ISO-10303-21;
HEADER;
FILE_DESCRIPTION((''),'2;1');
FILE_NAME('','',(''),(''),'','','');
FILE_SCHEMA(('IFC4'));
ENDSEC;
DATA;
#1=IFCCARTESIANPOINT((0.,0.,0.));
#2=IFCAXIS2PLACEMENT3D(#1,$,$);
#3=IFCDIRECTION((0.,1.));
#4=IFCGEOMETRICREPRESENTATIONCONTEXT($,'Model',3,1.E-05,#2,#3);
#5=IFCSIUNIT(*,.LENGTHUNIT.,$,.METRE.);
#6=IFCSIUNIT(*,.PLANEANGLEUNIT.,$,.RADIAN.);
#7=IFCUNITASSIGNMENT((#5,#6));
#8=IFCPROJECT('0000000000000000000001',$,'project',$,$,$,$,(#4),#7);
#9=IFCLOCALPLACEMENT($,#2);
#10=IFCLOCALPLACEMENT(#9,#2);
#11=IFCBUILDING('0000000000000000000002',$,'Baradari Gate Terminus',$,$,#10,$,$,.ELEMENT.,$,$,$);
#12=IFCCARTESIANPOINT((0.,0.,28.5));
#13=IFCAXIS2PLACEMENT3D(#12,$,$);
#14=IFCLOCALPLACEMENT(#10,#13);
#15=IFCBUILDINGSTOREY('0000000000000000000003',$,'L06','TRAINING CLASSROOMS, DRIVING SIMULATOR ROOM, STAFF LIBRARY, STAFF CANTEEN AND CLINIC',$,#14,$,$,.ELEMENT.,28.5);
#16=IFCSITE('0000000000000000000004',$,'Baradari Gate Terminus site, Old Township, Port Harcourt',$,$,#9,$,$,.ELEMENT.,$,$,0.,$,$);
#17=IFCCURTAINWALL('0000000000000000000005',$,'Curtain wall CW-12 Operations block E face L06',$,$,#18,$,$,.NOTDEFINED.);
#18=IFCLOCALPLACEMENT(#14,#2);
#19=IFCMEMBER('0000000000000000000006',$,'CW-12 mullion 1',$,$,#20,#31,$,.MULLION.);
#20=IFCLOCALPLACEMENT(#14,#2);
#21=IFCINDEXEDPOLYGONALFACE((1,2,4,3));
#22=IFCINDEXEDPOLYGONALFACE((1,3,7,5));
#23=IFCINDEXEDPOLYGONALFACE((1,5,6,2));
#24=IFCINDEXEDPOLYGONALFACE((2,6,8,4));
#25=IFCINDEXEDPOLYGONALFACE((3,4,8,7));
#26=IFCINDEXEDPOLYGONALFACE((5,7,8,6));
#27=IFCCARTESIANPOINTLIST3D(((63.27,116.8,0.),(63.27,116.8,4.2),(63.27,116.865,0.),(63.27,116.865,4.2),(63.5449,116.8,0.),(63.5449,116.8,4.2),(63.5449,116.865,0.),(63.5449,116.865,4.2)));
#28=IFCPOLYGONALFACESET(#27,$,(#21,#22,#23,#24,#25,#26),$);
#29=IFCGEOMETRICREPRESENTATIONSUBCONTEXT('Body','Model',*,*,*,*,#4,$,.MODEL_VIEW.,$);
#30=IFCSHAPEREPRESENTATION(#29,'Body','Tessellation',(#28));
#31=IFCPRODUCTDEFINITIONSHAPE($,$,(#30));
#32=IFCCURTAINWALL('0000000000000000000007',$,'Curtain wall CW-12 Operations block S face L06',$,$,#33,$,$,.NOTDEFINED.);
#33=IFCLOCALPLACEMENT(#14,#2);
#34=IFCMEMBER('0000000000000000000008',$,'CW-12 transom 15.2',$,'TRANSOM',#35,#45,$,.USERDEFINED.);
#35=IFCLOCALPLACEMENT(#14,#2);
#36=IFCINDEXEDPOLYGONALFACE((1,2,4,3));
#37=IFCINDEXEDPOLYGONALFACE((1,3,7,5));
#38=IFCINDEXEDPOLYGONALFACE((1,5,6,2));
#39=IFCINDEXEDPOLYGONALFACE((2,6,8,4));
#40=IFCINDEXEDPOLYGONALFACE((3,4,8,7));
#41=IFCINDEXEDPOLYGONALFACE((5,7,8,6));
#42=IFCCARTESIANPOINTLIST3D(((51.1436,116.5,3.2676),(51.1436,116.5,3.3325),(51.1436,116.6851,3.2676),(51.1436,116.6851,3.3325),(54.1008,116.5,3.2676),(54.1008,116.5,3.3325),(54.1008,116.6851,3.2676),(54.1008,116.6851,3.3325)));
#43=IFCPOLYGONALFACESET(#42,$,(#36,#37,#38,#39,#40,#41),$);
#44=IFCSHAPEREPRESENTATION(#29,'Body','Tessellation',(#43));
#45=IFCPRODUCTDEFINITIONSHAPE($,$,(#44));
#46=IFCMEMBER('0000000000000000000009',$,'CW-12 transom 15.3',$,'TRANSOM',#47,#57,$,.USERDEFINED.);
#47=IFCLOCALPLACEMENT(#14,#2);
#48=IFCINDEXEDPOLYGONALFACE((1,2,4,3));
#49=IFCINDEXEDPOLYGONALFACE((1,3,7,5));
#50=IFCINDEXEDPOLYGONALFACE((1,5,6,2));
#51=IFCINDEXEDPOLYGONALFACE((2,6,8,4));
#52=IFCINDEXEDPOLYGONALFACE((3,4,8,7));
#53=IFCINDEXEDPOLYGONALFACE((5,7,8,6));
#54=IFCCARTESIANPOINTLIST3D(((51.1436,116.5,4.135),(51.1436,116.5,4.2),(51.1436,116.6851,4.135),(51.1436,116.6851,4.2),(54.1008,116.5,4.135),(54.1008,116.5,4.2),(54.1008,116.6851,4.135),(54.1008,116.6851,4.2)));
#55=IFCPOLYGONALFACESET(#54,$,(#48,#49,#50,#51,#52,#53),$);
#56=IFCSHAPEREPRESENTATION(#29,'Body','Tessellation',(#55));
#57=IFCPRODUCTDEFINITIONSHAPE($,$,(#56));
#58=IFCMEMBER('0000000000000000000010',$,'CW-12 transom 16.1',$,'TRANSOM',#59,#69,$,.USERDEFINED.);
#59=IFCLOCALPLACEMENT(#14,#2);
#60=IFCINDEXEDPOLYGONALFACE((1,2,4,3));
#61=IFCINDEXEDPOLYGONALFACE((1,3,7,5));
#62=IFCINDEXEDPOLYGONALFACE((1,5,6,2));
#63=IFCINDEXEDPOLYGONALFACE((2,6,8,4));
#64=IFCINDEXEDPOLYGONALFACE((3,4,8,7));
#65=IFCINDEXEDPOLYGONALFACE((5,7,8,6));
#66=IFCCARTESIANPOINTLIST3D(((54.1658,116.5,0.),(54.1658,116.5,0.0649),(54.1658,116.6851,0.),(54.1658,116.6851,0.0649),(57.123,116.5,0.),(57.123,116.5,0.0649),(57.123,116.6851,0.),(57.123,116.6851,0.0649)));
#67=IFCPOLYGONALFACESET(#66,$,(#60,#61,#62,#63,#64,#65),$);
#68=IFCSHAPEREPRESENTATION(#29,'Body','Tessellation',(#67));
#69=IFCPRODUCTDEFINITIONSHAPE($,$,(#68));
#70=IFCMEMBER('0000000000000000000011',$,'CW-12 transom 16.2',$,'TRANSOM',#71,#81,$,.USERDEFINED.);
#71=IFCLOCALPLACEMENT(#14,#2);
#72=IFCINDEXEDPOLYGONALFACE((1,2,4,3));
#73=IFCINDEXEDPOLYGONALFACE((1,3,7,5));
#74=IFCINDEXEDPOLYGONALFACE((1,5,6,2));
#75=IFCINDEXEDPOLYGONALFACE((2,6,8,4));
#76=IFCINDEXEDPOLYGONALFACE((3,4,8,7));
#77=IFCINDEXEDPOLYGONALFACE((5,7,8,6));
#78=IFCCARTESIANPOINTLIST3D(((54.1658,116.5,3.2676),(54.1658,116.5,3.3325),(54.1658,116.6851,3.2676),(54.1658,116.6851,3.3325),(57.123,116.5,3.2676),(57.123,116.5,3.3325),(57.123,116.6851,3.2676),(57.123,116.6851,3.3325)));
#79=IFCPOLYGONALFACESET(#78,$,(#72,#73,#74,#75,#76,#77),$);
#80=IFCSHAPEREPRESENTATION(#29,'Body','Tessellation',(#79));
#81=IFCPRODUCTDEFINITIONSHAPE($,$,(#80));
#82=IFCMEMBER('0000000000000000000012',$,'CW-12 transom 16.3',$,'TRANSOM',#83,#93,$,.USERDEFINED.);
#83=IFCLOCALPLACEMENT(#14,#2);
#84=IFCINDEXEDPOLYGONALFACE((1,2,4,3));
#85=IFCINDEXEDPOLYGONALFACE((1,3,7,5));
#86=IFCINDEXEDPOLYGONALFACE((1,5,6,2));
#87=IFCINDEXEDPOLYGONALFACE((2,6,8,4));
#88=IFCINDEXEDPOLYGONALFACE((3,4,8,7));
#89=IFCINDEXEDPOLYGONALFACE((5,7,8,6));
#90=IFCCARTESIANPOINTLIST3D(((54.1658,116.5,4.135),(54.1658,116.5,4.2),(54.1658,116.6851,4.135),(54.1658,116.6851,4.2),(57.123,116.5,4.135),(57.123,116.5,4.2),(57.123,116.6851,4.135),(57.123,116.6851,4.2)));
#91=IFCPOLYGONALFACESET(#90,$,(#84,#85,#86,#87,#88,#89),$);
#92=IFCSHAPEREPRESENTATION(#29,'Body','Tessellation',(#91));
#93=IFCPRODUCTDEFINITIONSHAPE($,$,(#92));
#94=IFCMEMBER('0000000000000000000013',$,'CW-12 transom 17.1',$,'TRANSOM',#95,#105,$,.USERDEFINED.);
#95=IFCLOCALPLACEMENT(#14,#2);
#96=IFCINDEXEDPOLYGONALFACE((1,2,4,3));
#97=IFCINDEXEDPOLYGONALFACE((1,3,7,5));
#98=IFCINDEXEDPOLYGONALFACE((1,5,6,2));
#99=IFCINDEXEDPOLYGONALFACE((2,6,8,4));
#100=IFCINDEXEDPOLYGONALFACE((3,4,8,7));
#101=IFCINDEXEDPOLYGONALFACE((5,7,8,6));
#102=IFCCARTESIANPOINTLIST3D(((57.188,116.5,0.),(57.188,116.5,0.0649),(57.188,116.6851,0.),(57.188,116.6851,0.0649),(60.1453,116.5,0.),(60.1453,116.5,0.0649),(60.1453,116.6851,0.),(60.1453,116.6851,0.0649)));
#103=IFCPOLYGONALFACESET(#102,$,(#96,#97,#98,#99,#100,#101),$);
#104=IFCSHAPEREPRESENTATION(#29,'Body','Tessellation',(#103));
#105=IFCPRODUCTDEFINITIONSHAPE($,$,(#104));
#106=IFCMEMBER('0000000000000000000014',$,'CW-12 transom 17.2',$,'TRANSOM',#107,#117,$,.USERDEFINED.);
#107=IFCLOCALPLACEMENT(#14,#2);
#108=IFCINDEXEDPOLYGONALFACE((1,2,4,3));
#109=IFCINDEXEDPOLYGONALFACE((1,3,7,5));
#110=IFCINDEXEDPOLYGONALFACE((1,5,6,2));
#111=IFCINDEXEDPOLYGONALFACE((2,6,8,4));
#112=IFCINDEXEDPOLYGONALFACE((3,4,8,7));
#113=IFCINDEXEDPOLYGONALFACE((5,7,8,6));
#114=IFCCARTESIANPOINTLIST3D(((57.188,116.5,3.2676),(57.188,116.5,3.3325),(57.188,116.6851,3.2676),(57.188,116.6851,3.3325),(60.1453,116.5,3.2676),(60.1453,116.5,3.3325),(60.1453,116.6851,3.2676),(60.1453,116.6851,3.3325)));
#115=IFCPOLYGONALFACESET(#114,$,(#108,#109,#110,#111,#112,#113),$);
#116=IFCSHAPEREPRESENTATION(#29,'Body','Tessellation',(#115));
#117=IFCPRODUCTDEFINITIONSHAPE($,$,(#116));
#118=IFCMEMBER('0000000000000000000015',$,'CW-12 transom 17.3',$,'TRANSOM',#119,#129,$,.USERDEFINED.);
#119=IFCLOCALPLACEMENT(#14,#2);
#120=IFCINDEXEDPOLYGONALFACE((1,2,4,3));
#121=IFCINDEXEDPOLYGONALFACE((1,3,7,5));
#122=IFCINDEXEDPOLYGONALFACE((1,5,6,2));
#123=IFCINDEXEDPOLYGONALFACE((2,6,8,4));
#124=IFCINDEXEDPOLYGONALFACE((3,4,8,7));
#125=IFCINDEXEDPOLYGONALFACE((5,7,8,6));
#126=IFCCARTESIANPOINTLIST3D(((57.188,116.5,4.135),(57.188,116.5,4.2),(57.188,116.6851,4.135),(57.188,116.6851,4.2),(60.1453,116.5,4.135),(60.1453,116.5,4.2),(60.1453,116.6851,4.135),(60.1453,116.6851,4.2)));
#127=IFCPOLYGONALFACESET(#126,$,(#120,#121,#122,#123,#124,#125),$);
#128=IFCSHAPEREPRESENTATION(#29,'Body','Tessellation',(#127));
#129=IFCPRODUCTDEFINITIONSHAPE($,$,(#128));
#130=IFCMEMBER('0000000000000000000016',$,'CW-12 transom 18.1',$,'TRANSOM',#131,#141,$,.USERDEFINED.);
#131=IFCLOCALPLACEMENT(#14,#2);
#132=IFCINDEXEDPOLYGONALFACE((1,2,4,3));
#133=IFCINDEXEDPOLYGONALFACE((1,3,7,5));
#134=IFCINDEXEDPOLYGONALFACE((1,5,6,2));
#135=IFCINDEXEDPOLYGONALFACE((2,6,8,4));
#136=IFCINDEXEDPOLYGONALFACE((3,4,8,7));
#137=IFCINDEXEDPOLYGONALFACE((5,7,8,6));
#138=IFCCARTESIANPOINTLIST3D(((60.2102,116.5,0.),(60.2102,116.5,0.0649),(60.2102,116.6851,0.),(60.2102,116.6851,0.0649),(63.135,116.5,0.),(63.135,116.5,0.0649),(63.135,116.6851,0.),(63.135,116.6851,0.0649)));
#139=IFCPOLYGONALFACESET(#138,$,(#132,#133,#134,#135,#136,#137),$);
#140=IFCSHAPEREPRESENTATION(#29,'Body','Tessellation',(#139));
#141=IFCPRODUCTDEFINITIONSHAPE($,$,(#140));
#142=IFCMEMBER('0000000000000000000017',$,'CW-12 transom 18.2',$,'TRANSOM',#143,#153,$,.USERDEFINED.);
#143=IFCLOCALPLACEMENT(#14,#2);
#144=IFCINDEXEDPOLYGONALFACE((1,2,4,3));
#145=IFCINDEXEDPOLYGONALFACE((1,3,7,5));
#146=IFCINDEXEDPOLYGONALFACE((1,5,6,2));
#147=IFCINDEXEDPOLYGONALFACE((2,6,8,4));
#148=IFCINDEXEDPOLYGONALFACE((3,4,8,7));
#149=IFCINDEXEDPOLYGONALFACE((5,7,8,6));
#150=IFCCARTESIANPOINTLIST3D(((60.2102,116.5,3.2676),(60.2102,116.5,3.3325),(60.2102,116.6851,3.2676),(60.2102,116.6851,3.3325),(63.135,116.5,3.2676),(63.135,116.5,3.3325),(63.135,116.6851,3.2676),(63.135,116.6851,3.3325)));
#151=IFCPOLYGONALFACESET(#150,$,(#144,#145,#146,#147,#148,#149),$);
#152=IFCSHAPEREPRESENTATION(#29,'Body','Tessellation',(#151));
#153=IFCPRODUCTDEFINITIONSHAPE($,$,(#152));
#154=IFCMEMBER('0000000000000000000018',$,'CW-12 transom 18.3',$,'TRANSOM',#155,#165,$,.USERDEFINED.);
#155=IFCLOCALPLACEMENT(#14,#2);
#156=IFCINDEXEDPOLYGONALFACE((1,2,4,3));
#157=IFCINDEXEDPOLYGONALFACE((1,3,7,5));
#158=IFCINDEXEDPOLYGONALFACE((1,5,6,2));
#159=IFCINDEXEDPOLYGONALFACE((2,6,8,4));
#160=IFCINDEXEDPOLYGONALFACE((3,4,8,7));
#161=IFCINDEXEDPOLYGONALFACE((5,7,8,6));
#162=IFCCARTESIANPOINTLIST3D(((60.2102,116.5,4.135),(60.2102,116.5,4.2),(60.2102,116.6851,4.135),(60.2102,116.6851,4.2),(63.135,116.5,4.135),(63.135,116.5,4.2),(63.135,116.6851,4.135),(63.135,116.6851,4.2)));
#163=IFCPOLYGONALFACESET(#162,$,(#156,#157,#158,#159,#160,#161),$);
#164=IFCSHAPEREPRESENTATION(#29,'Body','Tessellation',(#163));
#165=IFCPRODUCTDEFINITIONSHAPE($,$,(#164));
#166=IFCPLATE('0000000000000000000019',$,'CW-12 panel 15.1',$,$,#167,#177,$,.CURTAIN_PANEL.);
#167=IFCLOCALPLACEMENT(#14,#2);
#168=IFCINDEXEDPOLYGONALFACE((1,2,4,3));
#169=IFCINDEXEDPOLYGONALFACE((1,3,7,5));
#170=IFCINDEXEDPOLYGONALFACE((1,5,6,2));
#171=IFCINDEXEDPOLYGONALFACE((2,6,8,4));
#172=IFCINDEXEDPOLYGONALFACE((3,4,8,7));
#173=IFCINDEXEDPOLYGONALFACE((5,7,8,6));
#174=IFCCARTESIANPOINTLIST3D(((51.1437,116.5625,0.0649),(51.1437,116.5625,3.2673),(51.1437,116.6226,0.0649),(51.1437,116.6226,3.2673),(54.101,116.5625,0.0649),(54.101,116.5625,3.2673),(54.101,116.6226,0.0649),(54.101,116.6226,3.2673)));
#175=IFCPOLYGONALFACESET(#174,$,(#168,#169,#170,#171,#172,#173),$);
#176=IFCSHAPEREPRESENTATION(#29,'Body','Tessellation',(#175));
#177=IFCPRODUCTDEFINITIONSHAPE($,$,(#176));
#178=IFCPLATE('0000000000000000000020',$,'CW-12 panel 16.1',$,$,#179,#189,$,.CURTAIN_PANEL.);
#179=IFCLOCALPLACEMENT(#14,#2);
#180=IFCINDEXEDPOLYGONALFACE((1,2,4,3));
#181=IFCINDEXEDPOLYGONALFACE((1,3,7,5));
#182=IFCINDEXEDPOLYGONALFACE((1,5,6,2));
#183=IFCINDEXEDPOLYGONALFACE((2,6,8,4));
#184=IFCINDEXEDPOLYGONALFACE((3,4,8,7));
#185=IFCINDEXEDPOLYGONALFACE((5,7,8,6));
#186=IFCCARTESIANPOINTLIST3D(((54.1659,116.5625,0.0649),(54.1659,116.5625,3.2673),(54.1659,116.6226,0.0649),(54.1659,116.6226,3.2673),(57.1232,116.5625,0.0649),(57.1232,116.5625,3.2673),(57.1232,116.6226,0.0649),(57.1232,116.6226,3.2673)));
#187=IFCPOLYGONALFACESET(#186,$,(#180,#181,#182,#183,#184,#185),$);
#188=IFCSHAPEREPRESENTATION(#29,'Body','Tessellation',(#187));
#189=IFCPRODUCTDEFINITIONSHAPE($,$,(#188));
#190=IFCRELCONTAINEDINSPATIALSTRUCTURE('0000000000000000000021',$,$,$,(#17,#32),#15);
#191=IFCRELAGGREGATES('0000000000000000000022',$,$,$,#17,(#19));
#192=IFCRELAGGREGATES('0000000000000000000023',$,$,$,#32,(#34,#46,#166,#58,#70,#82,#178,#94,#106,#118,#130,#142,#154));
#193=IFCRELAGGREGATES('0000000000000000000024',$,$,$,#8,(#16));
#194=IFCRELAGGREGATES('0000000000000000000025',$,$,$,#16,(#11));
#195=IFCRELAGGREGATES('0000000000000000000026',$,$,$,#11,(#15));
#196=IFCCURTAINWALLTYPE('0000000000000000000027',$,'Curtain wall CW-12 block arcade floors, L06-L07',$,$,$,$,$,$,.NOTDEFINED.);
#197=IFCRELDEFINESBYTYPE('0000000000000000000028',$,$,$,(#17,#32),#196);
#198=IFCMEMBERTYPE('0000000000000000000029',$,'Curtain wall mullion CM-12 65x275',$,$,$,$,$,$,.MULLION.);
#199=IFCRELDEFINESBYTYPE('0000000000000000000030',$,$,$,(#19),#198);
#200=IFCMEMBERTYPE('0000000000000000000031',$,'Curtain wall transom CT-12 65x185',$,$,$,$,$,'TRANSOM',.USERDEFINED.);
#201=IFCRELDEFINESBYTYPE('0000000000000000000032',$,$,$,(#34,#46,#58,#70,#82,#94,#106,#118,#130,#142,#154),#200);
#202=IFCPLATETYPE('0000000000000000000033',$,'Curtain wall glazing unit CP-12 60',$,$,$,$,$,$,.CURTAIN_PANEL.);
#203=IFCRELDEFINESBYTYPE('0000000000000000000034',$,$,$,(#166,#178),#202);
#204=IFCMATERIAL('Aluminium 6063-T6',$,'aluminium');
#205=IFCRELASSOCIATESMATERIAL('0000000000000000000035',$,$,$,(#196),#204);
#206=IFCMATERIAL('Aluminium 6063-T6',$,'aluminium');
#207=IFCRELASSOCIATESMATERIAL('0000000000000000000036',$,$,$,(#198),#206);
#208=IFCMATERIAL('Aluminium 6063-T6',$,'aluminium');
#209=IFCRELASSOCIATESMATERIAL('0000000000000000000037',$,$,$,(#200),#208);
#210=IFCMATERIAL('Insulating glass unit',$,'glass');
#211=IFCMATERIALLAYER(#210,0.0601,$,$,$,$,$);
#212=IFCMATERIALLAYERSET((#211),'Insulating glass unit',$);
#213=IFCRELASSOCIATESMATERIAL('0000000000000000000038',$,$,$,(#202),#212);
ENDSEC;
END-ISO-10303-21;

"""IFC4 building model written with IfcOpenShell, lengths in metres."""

from ifc_helpers import new_model, si_unit, direction, frame, origin, origin_2d, place, context, subcontext, project, spatial, rectangle, extrude, material, layer, layer_set, material_profile, profile_set, type_object, element, aggregate, save


model = new_model("IFC4")

# Units and contexts
model_context = context("Model", 3, precision=1e-05, world=origin(), true_north=direction((0.0, 1.0)))
body_context = subcontext(model_context, "Body", "Model", "MODEL_VIEW")
ifc_project = project(units=[si_unit("LENGTHUNIT", "METRE"), si_unit("PLANEANGLEUNIT", "RADIAN")], contexts=[model_context])

# Site, building, storey
site_placement = place(None, origin())
site = spatial("IfcSite", under=ifc_project, at=site_placement, Name="Baradari Gate Terminus site, Old Township, Port Harcourt", CompositionType="ELEMENT", RefElevation=0.0)
building_placement = place(site_placement, origin())
building = spatial("IfcBuilding", under=site, at=building_placement, Name="Baradari Gate Terminus", CompositionType="ELEMENT")
storey_placement = place(building_placement, frame((0.0, 0.0, 28.5)))
storey = spatial("IfcBuildingStorey", under=building, at=storey_placement, Name="L06", Description="TRAINING CLASSROOMS, DRIVING SIMULATOR ROOM, STAFF LIBRARY, STAFF CANTEEN AND CLINIC", CompositionType="ELEMENT", Elevation=28.5)

# Curtain wall, member
ifc_material_1 = material(Name="Aluminium 6063-T6", Category="aluminium")
curtain_wall_type = type_object("IfcCurtainWallType", Name="Curtain wall CW-12 block arcade floors, L06-L07", PredefinedType="NOTDEFINED", material=ifc_material_1)
curtain_wall_1_placement = place(storey_placement, origin())
curtain_wall_1 = element("IfcCurtainWall", 1, at=curtain_wall_1_placement, inside=storey, type_object=curtain_wall_type, Name="Curtain wall CW-12 Operations block E face L06", PredefinedType="NOTDEFINED")
ifc_material_2 = material(Name="Aluminium 6063-T6", Category="aluminium")
ifc_material_profile_1 = material_profile(ifc_material_2, rectangle(XDim=0.2749, YDim=0.0649, at=origin_2d()), Name="CM-12 65X275")
ifc_profile_set_1 = profile_set([ifc_material_profile_1], Name="Aluminium 6063-T6")
member_type_1 = type_object("IfcMemberType", Name="Curtain wall mullion CM-12 65x275", PredefinedType="MULLION", material=ifc_profile_set_1)
member_1_placement = place(storey_placement, frame((63.4075, 116.8325, 0.0), z_axis=(0.0, 0.0, 1.0), x_axis=(-1.0, 0.0, 0.0)))
member_1 = element("IfcMember", 2, at=member_1_placement, type_object=member_type_1, Name="CW-12 mullion 1", PredefinedType="MULLION", context=body_context, shape_type="SweptSolid", body=[
    extrude(rectangle(XDim=0.2749, YDim=0.0649, at=origin_2d()), origin(), (0.0, 0.0, 1.0), 4.2),
])
aggregate(curtain_wall_1, [member_1])

# Curtain wall, members, plates
curtain_wall_2_placement = place(storey_placement, origin())
curtain_wall_2 = element("IfcCurtainWall", 3, at=curtain_wall_2_placement, inside=storey, type_object=curtain_wall_type, Name="Curtain wall CW-12 Operations block S face L06", PredefinedType="NOTDEFINED")
ifc_material_3 = material(Name="Aluminium 6063-T6", Category="aluminium")
ifc_material_profile_2 = material_profile(ifc_material_3, rectangle(XDim=0.1851, YDim=0.0649, at=origin_2d()), Name="CT-12 65X185")
ifc_profile_set_2 = profile_set([ifc_material_profile_2], Name="Aluminium 6063-T6")
member_type_2 = type_object("IfcMemberType", Name="Curtain wall transom CT-12 65x185", ElementType="TRANSOM", PredefinedType="USERDEFINED", material=ifc_profile_set_2)
member_2_placement = place(storey_placement, frame((51.1436, 116.5925, 3.3), z_axis=(1.0, 0.0, 0.0), x_axis=(0.0, 1.0, 0.0)))
member_2 = element("IfcMember", 4, at=member_2_placement, type_object=member_type_2, Name="CW-12 transom 15.2", ObjectType="TRANSOM", PredefinedType="USERDEFINED", context=body_context, shape_type="SweptSolid", body=[
    extrude(rectangle(XDim=0.1851, YDim=0.0649, at=origin_2d()), origin(), (0.0, 0.0, 1.0), 2.9573),
])
member_3_placement = place(storey_placement, frame((51.1436, 116.5925, 4.1675), z_axis=(1.0, 0.0, 0.0), x_axis=(0.0, 1.0, 0.0)))
member_3 = element("IfcMember", 5, at=member_3_placement, type_object=member_type_2, Name="CW-12 transom 15.3", ObjectType="TRANSOM", PredefinedType="USERDEFINED", context=body_context, shape_type="SweptSolid", body=[
    extrude(rectangle(XDim=0.1851, YDim=0.0649, at=origin_2d()), origin(), (0.0, 0.0, 1.0), 2.9573),
])
member_4_placement = place(storey_placement, frame((54.1658, 116.5925, 0.0325), z_axis=(1.0, 0.0, 0.0), x_axis=(0.0, 1.0, 0.0)))
member_4 = element("IfcMember", 6, at=member_4_placement, type_object=member_type_2, Name="CW-12 transom 16.1", ObjectType="TRANSOM", PredefinedType="USERDEFINED", context=body_context, shape_type="SweptSolid", body=[
    extrude(rectangle(XDim=0.1851, YDim=0.0649, at=origin_2d()), origin(), (0.0, 0.0, 1.0), 2.9573),
])
member_5_placement = place(storey_placement, frame((54.1658, 116.5925, 3.3), z_axis=(1.0, 0.0, 0.0), x_axis=(0.0, 1.0, 0.0)))
member_5 = element("IfcMember", 7, at=member_5_placement, type_object=member_type_2, Name="CW-12 transom 16.2", ObjectType="TRANSOM", PredefinedType="USERDEFINED", context=body_context, shape_type="SweptSolid", body=[
    extrude(rectangle(XDim=0.1851, YDim=0.0649, at=origin_2d()), origin(), (0.0, 0.0, 1.0), 2.9573),
])
member_6_placement = place(storey_placement, frame((54.1658, 116.5925, 4.1675), z_axis=(1.0, 0.0, 0.0), x_axis=(0.0, 1.0, 0.0)))
member_6 = element("IfcMember", 8, at=member_6_placement, type_object=member_type_2, Name="CW-12 transom 16.3", ObjectType="TRANSOM", PredefinedType="USERDEFINED", context=body_context, shape_type="SweptSolid", body=[
    extrude(rectangle(XDim=0.1851, YDim=0.0649, at=origin_2d()), origin(), (0.0, 0.0, 1.0), 2.9573),
])
member_7_placement = place(storey_placement, frame((57.188, 116.5925, 0.0325), z_axis=(1.0, 0.0, 0.0), x_axis=(0.0, 1.0, 0.0)))
member_7 = element("IfcMember", 9, at=member_7_placement, type_object=member_type_2, Name="CW-12 transom 17.1", ObjectType="TRANSOM", PredefinedType="USERDEFINED", context=body_context, shape_type="SweptSolid", body=[
    extrude(rectangle(XDim=0.1851, YDim=0.0649, at=origin_2d()), origin(), (0.0, 0.0, 1.0), 2.9573),
])
member_8_placement = place(storey_placement, frame((57.188, 116.5925, 3.3), z_axis=(1.0, 0.0, 0.0), x_axis=(0.0, 1.0, 0.0)))
member_8 = element("IfcMember", 10, at=member_8_placement, type_object=member_type_2, Name="CW-12 transom 17.2", ObjectType="TRANSOM", PredefinedType="USERDEFINED", context=body_context, shape_type="SweptSolid", body=[
    extrude(rectangle(XDim=0.1851, YDim=0.0649, at=origin_2d()), origin(), (0.0, 0.0, 1.0), 2.9573),
])
member_9_placement = place(storey_placement, frame((57.188, 116.5925, 4.1675), z_axis=(1.0, 0.0, 0.0), x_axis=(0.0, 1.0, 0.0)))
member_9 = element("IfcMember", 11, at=member_9_placement, type_object=member_type_2, Name="CW-12 transom 17.3", ObjectType="TRANSOM", PredefinedType="USERDEFINED", context=body_context, shape_type="SweptSolid", body=[
    extrude(rectangle(XDim=0.1851, YDim=0.0649, at=origin_2d()), origin(), (0.0, 0.0, 1.0), 2.9573),
])
member_10_placement = place(storey_placement, frame((60.2102, 116.5925, 0.0325), z_axis=(1.0, 0.0, 0.0), x_axis=(0.0, 1.0, 0.0)))
member_10 = element("IfcMember", 12, at=member_10_placement, type_object=member_type_2, Name="CW-12 transom 18.1", ObjectType="TRANSOM", PredefinedType="USERDEFINED", context=body_context, shape_type="SweptSolid", body=[
    extrude(rectangle(XDim=0.1851, YDim=0.0649, at=origin_2d()), origin(), (0.0, 0.0, 1.0), 2.9248),
])
member_11_placement = place(storey_placement, frame((60.2102, 116.5925, 3.3), z_axis=(1.0, 0.0, 0.0), x_axis=(0.0, 1.0, 0.0)))
member_11 = element("IfcMember", 13, at=member_11_placement, type_object=member_type_2, Name="CW-12 transom 18.2", ObjectType="TRANSOM", PredefinedType="USERDEFINED", context=body_context, shape_type="SweptSolid", body=[
    extrude(rectangle(XDim=0.1851, YDim=0.0649, at=origin_2d()), origin(), (0.0, 0.0, 1.0), 2.9248),
])
member_12_placement = place(storey_placement, frame((60.2102, 116.5925, 4.1675), z_axis=(1.0, 0.0, 0.0), x_axis=(0.0, 1.0, 0.0)))
member_12 = element("IfcMember", 14, at=member_12_placement, type_object=member_type_2, Name="CW-12 transom 18.3", ObjectType="TRANSOM", PredefinedType="USERDEFINED", context=body_context, shape_type="SweptSolid", body=[
    extrude(rectangle(XDim=0.1851, YDim=0.0649, at=origin_2d()), origin(), (0.0, 0.0, 1.0), 2.9248),
])
ifc_material_4 = material(Name="Insulating glass unit", Category="glass")
ifc_layer_1 = layer(ifc_material_4, 0.0601)
ifc_layer_set_1 = layer_set([ifc_layer_1], Name="Insulating glass unit")
plate_type_1 = type_object("IfcPlateType", Name="Curtain wall glazing unit CP-12 60", PredefinedType="CURTAIN_PANEL", material=ifc_layer_set_1)
plate_1_placement = place(storey_placement, frame((52.6223, 116.5925, 0.0649), z_axis=(0.0, 0.0, 1.0), x_axis=(1.0, 0.0, 0.0)))
plate_1 = element("IfcPlate", 15, at=plate_1_placement, type_object=plate_type_1, Name="CW-12 panel 15.1", PredefinedType="CURTAIN_PANEL", context=body_context, shape_type="SweptSolid", body=[
    extrude(rectangle(XDim=2.9573, YDim=0.0601, at=origin_2d()), origin(), (0.0, 0.0, 1.0), 3.2024),
])
plate_2_placement = place(storey_placement, frame((55.6445, 116.5925, 0.0649), z_axis=(0.0, 0.0, 1.0), x_axis=(1.0, 0.0, 0.0)))
plate_2 = element("IfcPlate", 16, at=plate_2_placement, type_object=plate_type_1, Name="CW-12 panel 16.1", PredefinedType="CURTAIN_PANEL", context=body_context, shape_type="SweptSolid", body=[
    extrude(rectangle(XDim=2.9573, YDim=0.0601, at=origin_2d()), origin(), (0.0, 0.0, 1.0), 3.2024),
])
aggregate(curtain_wall_2, [member_2, member_3, plate_1, member_4, member_5, member_6, plate_2, member_7, member_8, member_9, member_10, member_11, member_12])

save(model, "model.ifc")
